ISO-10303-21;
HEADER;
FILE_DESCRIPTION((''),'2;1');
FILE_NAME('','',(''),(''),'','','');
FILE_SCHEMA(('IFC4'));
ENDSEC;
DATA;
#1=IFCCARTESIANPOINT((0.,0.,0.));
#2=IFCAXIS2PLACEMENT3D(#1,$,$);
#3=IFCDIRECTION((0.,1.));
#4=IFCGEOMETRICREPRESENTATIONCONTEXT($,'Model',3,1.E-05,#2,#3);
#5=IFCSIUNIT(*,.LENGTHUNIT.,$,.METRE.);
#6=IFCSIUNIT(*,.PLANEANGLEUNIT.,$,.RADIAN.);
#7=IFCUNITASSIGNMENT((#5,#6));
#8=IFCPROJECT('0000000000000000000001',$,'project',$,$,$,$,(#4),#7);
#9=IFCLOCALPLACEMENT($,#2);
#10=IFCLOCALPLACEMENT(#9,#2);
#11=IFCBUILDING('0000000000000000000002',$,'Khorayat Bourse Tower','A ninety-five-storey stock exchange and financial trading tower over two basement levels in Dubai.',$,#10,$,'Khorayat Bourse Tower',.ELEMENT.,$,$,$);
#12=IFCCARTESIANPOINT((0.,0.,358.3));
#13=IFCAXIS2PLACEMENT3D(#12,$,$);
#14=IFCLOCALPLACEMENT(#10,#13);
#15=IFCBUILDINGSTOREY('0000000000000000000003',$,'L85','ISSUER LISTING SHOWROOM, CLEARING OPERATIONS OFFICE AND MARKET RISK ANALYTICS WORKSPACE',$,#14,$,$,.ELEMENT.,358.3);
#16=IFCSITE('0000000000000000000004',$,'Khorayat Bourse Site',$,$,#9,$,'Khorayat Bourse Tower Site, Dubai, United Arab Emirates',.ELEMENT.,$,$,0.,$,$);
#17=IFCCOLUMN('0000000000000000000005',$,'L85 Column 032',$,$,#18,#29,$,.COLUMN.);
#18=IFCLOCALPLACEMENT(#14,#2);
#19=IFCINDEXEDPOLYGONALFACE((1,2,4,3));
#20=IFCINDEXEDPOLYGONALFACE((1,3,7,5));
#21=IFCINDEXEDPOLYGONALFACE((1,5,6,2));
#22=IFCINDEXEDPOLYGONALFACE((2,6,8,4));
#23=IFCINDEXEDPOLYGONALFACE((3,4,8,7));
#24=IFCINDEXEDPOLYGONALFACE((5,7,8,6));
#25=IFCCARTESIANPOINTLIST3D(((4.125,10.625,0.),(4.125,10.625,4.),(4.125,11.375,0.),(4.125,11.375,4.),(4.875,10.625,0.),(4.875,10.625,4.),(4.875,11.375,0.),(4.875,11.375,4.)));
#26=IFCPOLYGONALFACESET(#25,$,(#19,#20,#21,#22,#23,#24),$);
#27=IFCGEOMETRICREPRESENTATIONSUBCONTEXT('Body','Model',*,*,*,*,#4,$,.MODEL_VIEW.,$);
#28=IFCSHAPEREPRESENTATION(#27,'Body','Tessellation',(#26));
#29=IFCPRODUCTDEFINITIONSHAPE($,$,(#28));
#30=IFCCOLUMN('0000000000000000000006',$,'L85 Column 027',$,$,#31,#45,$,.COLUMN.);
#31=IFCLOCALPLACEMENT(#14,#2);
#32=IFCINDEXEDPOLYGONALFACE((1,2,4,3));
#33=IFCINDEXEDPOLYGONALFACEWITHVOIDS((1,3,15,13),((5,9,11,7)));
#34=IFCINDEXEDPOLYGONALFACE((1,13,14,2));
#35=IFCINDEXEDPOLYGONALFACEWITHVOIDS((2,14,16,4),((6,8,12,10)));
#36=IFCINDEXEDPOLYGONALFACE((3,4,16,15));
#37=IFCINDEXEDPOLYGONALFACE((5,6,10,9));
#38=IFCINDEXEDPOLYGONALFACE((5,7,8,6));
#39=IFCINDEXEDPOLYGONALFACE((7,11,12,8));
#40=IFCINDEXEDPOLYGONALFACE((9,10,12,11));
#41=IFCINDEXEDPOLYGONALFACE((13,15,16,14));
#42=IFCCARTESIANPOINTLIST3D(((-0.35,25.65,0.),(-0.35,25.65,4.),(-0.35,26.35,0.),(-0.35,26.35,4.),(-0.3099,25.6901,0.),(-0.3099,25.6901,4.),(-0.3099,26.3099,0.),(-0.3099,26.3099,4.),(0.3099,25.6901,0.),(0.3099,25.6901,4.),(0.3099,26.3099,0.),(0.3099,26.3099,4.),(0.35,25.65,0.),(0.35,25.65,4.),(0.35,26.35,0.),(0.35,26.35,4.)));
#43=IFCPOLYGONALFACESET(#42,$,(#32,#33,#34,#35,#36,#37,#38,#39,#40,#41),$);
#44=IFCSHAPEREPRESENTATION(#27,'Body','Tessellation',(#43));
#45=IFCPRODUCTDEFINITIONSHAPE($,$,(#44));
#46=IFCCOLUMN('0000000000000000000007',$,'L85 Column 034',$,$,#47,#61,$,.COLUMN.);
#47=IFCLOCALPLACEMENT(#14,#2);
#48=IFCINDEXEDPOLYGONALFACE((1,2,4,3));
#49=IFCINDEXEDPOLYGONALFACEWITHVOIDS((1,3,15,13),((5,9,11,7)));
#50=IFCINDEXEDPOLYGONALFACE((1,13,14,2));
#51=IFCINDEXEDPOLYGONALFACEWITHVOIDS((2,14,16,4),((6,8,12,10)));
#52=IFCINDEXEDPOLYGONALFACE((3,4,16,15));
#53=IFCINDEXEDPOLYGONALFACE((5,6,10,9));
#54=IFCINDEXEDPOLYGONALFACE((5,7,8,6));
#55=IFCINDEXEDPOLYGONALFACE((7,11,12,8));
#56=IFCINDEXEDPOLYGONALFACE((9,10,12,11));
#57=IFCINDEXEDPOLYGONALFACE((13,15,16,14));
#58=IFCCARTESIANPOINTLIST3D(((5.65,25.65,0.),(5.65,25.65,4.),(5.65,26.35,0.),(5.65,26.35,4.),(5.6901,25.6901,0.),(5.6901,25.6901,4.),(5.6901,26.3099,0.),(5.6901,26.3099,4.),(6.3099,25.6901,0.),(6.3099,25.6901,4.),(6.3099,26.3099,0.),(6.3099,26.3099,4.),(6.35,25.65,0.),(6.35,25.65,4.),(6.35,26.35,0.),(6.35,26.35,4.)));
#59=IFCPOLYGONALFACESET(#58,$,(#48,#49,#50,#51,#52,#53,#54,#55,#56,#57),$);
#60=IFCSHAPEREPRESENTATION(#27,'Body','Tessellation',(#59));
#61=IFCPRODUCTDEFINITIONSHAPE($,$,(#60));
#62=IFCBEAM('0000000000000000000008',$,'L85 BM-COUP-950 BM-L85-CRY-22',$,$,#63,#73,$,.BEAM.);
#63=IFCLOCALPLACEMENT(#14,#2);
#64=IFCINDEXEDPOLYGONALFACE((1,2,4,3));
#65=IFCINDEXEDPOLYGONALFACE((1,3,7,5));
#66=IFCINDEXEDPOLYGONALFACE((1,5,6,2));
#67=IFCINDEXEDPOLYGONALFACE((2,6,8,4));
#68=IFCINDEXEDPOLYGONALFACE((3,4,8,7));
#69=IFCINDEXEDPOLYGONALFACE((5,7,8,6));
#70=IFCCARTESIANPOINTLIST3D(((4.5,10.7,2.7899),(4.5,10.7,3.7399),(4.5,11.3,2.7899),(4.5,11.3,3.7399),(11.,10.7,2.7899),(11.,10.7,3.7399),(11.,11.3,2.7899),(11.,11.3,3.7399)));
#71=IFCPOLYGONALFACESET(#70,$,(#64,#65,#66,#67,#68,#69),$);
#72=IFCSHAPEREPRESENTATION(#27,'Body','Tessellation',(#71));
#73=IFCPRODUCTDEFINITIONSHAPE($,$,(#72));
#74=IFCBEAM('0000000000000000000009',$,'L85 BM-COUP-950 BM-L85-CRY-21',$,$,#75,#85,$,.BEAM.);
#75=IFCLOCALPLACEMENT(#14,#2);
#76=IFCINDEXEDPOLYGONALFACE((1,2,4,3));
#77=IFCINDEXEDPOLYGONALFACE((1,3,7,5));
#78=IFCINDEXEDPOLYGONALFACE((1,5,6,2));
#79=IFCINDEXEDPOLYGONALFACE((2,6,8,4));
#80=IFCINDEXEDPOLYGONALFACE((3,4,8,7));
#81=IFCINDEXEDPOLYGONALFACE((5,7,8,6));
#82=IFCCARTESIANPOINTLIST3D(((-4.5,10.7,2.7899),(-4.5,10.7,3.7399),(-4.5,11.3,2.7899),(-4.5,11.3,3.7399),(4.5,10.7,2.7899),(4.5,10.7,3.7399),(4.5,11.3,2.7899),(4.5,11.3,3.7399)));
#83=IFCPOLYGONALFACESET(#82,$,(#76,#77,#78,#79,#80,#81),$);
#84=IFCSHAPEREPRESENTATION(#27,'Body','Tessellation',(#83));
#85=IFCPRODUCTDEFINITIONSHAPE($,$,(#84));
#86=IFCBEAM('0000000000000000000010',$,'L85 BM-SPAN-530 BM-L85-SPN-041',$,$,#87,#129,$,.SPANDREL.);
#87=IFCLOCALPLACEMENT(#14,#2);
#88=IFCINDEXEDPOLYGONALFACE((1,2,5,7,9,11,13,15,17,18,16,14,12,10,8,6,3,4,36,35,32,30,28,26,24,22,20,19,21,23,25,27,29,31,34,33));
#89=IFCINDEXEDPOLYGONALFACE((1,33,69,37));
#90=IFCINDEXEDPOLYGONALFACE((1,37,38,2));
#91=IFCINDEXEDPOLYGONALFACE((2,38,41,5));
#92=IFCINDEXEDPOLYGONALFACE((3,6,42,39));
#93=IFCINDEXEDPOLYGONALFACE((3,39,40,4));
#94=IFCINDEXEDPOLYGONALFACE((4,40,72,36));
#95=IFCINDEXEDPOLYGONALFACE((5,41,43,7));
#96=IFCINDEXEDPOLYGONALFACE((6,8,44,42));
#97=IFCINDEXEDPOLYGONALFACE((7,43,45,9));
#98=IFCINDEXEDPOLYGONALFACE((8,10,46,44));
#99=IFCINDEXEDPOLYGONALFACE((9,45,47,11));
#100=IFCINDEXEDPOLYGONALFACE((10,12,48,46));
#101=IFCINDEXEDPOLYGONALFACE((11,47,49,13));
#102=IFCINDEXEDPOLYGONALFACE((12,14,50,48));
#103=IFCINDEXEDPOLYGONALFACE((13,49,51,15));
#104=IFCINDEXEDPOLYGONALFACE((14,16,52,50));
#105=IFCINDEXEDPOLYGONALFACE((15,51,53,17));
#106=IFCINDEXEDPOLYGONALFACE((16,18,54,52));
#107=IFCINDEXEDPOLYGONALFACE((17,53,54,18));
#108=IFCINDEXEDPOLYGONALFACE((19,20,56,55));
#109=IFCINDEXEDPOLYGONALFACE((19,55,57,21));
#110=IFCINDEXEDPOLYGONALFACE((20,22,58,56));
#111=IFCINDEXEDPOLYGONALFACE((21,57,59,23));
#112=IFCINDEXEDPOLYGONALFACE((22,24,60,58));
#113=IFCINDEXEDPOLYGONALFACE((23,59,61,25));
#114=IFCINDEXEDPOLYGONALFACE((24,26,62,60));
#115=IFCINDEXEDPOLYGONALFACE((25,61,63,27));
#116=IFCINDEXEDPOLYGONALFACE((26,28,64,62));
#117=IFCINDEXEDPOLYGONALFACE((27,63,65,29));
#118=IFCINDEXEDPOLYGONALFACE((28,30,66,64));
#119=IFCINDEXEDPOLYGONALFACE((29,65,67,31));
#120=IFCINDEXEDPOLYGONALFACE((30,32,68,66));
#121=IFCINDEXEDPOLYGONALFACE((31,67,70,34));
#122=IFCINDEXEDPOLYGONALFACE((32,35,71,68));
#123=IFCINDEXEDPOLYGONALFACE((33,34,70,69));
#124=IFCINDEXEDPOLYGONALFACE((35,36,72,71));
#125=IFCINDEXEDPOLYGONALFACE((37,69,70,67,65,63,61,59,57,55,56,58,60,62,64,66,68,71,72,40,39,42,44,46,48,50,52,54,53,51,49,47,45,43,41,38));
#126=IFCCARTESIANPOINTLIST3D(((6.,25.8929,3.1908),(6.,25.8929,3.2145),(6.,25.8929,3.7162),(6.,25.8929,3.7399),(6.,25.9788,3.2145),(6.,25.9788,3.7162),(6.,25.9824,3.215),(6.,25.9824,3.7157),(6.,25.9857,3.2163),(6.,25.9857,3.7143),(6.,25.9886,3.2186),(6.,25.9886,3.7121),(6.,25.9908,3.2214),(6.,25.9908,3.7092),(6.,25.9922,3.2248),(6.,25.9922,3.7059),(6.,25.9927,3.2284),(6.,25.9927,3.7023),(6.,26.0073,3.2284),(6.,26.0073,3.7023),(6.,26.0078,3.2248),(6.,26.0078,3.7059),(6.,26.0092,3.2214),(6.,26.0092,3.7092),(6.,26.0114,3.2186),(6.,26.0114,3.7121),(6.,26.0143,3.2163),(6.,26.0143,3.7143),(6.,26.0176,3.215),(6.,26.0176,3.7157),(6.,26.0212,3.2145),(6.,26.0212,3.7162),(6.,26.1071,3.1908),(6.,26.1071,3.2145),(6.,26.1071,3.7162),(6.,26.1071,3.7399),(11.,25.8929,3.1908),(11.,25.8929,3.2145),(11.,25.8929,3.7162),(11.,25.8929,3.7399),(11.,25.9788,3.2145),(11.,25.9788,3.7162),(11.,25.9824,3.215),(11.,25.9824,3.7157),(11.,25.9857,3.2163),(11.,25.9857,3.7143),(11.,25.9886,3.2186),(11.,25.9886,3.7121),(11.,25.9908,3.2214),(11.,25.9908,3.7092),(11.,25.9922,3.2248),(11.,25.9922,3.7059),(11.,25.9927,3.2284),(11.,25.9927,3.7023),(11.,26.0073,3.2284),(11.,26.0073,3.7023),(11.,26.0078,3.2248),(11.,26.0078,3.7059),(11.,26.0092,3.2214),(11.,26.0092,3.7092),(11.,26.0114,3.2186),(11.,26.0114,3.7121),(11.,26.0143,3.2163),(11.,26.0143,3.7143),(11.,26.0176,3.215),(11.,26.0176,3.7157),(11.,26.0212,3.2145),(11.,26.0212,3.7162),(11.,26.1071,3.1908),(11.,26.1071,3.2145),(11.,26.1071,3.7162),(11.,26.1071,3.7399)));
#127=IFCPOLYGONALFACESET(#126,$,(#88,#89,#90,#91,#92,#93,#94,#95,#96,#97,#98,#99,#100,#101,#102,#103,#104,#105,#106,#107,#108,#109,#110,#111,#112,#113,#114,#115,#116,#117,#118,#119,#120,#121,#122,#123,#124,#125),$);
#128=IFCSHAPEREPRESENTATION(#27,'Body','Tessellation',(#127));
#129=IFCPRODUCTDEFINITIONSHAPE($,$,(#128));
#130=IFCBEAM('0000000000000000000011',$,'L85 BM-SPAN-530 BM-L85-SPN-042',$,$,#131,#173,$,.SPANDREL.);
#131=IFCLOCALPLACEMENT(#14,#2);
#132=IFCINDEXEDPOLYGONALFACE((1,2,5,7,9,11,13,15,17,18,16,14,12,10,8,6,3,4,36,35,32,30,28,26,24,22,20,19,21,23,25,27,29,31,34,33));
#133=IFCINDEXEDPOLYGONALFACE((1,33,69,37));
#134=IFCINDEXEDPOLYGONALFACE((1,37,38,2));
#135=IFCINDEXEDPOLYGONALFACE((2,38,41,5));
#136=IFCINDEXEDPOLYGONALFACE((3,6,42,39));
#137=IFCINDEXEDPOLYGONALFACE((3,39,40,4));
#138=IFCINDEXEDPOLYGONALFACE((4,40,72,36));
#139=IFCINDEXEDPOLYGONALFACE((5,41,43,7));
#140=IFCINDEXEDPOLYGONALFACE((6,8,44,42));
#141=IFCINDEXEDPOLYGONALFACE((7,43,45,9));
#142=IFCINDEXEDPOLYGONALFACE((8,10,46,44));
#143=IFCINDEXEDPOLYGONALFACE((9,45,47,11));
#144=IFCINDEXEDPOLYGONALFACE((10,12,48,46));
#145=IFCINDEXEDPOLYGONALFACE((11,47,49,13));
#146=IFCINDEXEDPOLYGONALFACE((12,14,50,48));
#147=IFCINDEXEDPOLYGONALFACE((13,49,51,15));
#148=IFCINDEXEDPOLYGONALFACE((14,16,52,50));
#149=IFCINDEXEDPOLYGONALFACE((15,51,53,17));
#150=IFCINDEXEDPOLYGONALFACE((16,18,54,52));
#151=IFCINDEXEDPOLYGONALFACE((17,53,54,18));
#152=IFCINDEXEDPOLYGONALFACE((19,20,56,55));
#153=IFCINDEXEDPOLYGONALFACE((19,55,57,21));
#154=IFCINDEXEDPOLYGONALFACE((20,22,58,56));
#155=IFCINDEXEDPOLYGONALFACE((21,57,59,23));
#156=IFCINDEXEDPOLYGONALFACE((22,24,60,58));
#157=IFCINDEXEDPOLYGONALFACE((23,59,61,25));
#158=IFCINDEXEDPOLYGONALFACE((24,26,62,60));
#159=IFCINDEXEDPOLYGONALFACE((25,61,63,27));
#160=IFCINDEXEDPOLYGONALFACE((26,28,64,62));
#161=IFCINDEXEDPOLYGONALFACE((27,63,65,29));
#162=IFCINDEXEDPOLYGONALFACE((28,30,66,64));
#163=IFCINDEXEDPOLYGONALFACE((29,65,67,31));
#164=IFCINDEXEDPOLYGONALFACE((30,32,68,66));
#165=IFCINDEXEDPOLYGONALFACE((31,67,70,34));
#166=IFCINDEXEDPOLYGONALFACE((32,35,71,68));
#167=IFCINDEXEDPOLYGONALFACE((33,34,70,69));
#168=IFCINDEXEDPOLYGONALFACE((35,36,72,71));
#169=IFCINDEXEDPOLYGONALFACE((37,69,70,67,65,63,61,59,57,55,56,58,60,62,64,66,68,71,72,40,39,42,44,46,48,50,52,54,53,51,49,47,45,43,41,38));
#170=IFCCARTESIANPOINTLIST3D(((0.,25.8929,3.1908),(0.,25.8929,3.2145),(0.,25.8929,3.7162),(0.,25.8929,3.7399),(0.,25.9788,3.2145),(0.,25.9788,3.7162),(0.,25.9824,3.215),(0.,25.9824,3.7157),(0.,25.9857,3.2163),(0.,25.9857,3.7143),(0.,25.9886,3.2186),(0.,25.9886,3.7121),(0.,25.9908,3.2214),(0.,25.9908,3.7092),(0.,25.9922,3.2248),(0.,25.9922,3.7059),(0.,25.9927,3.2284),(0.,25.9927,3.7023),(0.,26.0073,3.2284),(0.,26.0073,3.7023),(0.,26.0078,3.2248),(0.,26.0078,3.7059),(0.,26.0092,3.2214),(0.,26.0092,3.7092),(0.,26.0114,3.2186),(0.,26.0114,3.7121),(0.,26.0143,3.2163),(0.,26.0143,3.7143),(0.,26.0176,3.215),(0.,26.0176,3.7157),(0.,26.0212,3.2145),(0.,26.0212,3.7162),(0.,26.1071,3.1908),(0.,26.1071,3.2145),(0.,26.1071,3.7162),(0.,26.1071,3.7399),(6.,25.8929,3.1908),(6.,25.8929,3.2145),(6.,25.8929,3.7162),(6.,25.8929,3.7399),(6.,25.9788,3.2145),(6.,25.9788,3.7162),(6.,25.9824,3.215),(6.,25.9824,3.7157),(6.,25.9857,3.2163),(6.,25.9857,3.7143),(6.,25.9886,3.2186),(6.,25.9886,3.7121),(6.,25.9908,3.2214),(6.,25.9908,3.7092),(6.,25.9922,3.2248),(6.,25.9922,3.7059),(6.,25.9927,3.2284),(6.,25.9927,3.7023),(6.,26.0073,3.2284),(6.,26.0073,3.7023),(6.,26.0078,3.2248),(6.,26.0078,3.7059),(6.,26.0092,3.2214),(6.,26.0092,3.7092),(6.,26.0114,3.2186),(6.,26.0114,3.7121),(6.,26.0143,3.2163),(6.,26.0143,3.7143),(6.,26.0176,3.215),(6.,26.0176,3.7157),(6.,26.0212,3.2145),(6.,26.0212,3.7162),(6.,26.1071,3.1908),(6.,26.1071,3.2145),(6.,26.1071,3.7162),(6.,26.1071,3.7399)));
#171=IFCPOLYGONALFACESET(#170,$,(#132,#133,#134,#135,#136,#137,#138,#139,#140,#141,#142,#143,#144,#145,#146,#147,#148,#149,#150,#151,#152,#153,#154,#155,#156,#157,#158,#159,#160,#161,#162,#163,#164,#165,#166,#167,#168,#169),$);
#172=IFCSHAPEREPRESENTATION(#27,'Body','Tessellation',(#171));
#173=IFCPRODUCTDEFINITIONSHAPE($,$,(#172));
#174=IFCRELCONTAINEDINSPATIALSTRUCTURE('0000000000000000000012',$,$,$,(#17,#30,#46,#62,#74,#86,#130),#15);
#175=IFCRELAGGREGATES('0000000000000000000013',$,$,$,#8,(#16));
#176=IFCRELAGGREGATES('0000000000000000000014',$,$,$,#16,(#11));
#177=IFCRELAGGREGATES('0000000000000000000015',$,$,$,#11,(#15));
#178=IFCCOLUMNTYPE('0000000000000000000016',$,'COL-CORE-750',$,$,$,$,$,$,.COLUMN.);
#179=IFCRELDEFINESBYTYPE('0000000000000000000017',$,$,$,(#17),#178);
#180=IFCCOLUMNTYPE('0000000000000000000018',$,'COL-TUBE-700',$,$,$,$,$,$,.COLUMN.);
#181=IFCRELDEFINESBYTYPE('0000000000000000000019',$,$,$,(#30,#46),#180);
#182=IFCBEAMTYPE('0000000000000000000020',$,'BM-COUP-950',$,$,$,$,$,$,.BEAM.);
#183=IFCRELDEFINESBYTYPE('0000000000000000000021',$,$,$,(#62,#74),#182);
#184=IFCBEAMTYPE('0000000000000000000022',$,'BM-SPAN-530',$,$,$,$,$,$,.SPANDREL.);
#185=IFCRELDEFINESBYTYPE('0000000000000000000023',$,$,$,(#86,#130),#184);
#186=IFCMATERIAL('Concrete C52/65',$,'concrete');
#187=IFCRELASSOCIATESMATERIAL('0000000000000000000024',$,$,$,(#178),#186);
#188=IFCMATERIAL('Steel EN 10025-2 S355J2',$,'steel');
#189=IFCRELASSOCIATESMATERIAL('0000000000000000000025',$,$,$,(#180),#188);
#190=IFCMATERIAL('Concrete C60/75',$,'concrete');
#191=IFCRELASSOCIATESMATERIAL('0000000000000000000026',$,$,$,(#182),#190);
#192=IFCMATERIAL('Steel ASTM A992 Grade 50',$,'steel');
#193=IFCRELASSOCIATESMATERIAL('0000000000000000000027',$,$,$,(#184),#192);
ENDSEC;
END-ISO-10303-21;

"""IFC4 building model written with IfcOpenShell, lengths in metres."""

from ifc_helpers import new_model, si_unit, direction, frame, origin, origin_2d, place, context, subcontext, project, spatial, rectangle, hollow_rectangle, i_section, extrude, source, transform, mapped, material, material_profile, profile_set, type_object, element, save


model = new_model("IFC4")

# Units and contexts
model_context = context("Model", 3, precision=1e-05, world=origin(), true_north=direction((0.0, 1.0)))
body_context = subcontext(model_context, "Body", "Model", "MODEL_VIEW")
ifc_project = project(units=[si_unit("LENGTHUNIT", "METRE"), si_unit("PLANEANGLEUNIT", "RADIAN")], contexts=[model_context])

# Site, building, storey
site_placement = place(None, origin())
site = spatial("IfcSite", under=ifc_project, at=site_placement, Name="Khorayat Bourse Site", LongName="Khorayat Bourse Tower Site, Dubai, United Arab Emirates", CompositionType="ELEMENT", RefElevation=0.0)
building_placement = place(site_placement, origin())
building = spatial("IfcBuilding", under=site, at=building_placement, Name="Khorayat Bourse Tower", Description="A ninety-five-storey stock exchange and financial trading tower over two basement levels in Dubai.", LongName="Khorayat Bourse Tower", CompositionType="ELEMENT")
storey_placement = place(building_placement, frame((0.0, 0.0, 358.3)))
storey = spatial("IfcBuildingStorey", under=building, at=storey_placement, Name="L85", Description="ISSUER LISTING SHOWROOM, CLEARING OPERATIONS OFFICE AND MARKET RISK ANALYTICS WORKSPACE", CompositionType="ELEMENT", Elevation=358.3)

# Columns
ifc_material_1 = material(Name="Concrete C52/65", Category="concrete")
ifc_material_profile_1 = material_profile(ifc_material_1, rectangle(XDim=0.75, YDim=0.75, at=origin_2d()), Name="RC 750x750")
ifc_profile_set_1 = profile_set([ifc_material_profile_1], Name="Concrete C52/65")
column_type_1 = type_object("IfcColumnType", Name="COL-CORE-750", PredefinedType="COLUMN", material=ifc_profile_set_1)
shared_shape_1 = source(origin(), body_context, "Body", "SweptSolid", [
    extrude(rectangle(XDim=0.75, YDim=0.75, at=origin_2d()), origin(), (0.0, 0.0, 1.0), 4.0),
])
column_placement = place(storey_placement, frame((4.5, 11.0, 0.0), z_axis=(0.0, 0.0, 1.0), x_axis=(1.0, 0.0, 0.0)))
element("IfcColumn", 1, at=column_placement, inside=storey, type_object=column_type_1, Name="L85 Column 032", PredefinedType="COLUMN", context=body_context, shape_type="MappedRepresentation", body=[
    mapped(shared_shape_1, transform((0.0, 0.0, 0.0), scale=1.0)),
])
ifc_material_2 = material(Name="Steel EN 10025-2 S355J2", Category="steel")
ifc_material_profile_2 = material_profile(ifc_material_2, hollow_rectangle(XDim=0.7, YDim=0.7, WallThickness=0.04, at=origin_2d()), Name="BOX 700x700x40")
ifc_profile_set_2 = profile_set([ifc_material_profile_2], Name="Steel EN 10025-2 S355J2")
column_type_2 = type_object("IfcColumnType", Name="COL-TUBE-700", PredefinedType="COLUMN", material=ifc_profile_set_2)
shared_shape_2 = source(origin(), body_context, "Body", "SweptSolid", [
    extrude(hollow_rectangle(XDim=0.7, YDim=0.7, WallThickness=0.04, at=origin_2d()), origin(), (0.0, 0.0, 1.0), 4.0),
])
for number, where, z_axis, x_axis, name in (
    (2, (0.0, 26.0, 0.0), (0.0, 0.0, 1.0), (1.0, 0.0, 0.0), "L85 Column 027"),
    (3, (6.0, 26.0, 0.0), (0.0, 0.0, 1.0), (1.0, 0.0, 0.0), "L85 Column 034"),
):
    element("IfcColumn", number, at=place(storey_placement, frame(where, z_axis=z_axis, x_axis=x_axis)), inside=storey, type_object=column_type_2, Name=name, PredefinedType="COLUMN", context=body_context, shape_type="MappedRepresentation", body=[
        mapped(shared_shape_2, transform((0.0, 0.0, 0.0), scale=1.0)),
    ])

# Beams
ifc_material_3 = material(Name="Concrete C60/75", Category="concrete")
ifc_material_profile_3 = material_profile(ifc_material_3, rectangle(XDim=0.6001, YDim=0.95, at=origin_2d()), Name="RC 600x950")
ifc_profile_set_3 = profile_set([ifc_material_profile_3], Name="Concrete C60/75")
beam_type_1 = type_object("IfcBeamType", Name="BM-COUP-950", PredefinedType="BEAM", material=ifc_profile_set_3)
shared_shape_3 = source(origin(), body_context, "Body", "SweptSolid", [
    extrude(rectangle(XDim=0.6001, YDim=0.95, at=origin_2d()), origin(), (0.0, 0.0, 1.0), 6.5),
])
beam_1_placement = place(storey_placement, frame((4.5, 11.0, 3.2649), z_axis=(1.0, 0.0, 0.0), x_axis=(0.0, 1.0, 0.0)))
element("IfcBeam", 4, at=beam_1_placement, inside=storey, type_object=beam_type_1, Name="L85 BM-COUP-950 BM-L85-CRY-22", PredefinedType="BEAM", context=body_context, shape_type="MappedRepresentation", body=[
    mapped(shared_shape_3, transform((0.0, 0.0, 0.0), scale=1.0)),
])
shared_shape_4 = source(origin(), body_context, "Body", "SweptSolid", [
    extrude(rectangle(XDim=0.6001, YDim=0.95, at=origin_2d()), origin(), (0.0, 0.0, 1.0), 9.0),
])
beam_2_placement = place(storey_placement, frame((-4.5, 11.0, 3.2649), z_axis=(1.0, 0.0, 0.0), x_axis=(0.0, 1.0, 0.0)))
element("IfcBeam", 5, at=beam_2_placement, inside=storey, type_object=beam_type_1, Name="L85 BM-COUP-950 BM-L85-CRY-21", PredefinedType="BEAM", context=body_context, shape_type="MappedRepresentation", body=[
    mapped(shared_shape_4, transform((0.0, 0.0, 0.0), scale=1.0)),
])
ifc_material_4 = material(Name="Steel ASTM A992 Grade 50", Category="steel")
ifc_material_profile_4 = material_profile(ifc_material_4, i_section(OverallWidth=0.2141, OverallDepth=0.5491, WebThickness=0.0146, FlangeThickness=0.0237, FilletRadius=0.0139, at=origin_2d()), Name="W530X138")
ifc_profile_set_4 = profile_set([ifc_material_profile_4], Name="Steel ASTM A992 Grade 50")
beam_type_2 = type_object("IfcBeamType", Name="BM-SPAN-530", PredefinedType="SPANDREL", material=ifc_profile_set_4)
shared_shape_5 = source(origin(), body_context, "Body", "SweptSolid", [
    extrude(i_section(OverallWidth=0.2141, OverallDepth=0.5491, WebThickness=0.0146, FlangeThickness=0.0237, FilletRadius=0.0139, at=origin_2d()), origin(), (0.0, 0.0, 1.0), 5.0),
])
beam_3_placement = place(storey_placement, frame((6.0, 26.0, 3.4653), z_axis=(1.0, 0.0, 0.0), x_axis=(0.0, 1.0, 0.0)))
element("IfcBeam", 6, at=beam_3_placement, inside=storey, type_object=beam_type_2, Name="L85 BM-SPAN-530 BM-L85-SPN-041", PredefinedType="SPANDREL", context=body_context, shape_type="MappedRepresentation", body=[
    mapped(shared_shape_5, transform((0.0, 0.0, 0.0), scale=1.0)),
])
shared_shape_6 = source(origin(), body_context, "Body", "SweptSolid", [
    extrude(i_section(OverallWidth=0.2141, OverallDepth=0.5491, WebThickness=0.0146, FlangeThickness=0.0237, FilletRadius=0.0139, at=origin_2d()), origin(), (0.0, 0.0, 1.0), 6.0),
])
beam_4_placement = place(storey_placement, frame((0.0, 26.0, 3.4653), z_axis=(1.0, 0.0, 0.0), x_axis=(0.0, 1.0, 0.0)))
element("IfcBeam", 7, at=beam_4_placement, inside=storey, type_object=beam_type_2, Name="L85 BM-SPAN-530 BM-L85-SPN-042", PredefinedType="SPANDREL", context=body_context, shape_type="MappedRepresentation", body=[
    mapped(shared_shape_6, transform((0.0, 0.0, 0.0), scale=1.0)),
])

save(model, "model.ifc")
